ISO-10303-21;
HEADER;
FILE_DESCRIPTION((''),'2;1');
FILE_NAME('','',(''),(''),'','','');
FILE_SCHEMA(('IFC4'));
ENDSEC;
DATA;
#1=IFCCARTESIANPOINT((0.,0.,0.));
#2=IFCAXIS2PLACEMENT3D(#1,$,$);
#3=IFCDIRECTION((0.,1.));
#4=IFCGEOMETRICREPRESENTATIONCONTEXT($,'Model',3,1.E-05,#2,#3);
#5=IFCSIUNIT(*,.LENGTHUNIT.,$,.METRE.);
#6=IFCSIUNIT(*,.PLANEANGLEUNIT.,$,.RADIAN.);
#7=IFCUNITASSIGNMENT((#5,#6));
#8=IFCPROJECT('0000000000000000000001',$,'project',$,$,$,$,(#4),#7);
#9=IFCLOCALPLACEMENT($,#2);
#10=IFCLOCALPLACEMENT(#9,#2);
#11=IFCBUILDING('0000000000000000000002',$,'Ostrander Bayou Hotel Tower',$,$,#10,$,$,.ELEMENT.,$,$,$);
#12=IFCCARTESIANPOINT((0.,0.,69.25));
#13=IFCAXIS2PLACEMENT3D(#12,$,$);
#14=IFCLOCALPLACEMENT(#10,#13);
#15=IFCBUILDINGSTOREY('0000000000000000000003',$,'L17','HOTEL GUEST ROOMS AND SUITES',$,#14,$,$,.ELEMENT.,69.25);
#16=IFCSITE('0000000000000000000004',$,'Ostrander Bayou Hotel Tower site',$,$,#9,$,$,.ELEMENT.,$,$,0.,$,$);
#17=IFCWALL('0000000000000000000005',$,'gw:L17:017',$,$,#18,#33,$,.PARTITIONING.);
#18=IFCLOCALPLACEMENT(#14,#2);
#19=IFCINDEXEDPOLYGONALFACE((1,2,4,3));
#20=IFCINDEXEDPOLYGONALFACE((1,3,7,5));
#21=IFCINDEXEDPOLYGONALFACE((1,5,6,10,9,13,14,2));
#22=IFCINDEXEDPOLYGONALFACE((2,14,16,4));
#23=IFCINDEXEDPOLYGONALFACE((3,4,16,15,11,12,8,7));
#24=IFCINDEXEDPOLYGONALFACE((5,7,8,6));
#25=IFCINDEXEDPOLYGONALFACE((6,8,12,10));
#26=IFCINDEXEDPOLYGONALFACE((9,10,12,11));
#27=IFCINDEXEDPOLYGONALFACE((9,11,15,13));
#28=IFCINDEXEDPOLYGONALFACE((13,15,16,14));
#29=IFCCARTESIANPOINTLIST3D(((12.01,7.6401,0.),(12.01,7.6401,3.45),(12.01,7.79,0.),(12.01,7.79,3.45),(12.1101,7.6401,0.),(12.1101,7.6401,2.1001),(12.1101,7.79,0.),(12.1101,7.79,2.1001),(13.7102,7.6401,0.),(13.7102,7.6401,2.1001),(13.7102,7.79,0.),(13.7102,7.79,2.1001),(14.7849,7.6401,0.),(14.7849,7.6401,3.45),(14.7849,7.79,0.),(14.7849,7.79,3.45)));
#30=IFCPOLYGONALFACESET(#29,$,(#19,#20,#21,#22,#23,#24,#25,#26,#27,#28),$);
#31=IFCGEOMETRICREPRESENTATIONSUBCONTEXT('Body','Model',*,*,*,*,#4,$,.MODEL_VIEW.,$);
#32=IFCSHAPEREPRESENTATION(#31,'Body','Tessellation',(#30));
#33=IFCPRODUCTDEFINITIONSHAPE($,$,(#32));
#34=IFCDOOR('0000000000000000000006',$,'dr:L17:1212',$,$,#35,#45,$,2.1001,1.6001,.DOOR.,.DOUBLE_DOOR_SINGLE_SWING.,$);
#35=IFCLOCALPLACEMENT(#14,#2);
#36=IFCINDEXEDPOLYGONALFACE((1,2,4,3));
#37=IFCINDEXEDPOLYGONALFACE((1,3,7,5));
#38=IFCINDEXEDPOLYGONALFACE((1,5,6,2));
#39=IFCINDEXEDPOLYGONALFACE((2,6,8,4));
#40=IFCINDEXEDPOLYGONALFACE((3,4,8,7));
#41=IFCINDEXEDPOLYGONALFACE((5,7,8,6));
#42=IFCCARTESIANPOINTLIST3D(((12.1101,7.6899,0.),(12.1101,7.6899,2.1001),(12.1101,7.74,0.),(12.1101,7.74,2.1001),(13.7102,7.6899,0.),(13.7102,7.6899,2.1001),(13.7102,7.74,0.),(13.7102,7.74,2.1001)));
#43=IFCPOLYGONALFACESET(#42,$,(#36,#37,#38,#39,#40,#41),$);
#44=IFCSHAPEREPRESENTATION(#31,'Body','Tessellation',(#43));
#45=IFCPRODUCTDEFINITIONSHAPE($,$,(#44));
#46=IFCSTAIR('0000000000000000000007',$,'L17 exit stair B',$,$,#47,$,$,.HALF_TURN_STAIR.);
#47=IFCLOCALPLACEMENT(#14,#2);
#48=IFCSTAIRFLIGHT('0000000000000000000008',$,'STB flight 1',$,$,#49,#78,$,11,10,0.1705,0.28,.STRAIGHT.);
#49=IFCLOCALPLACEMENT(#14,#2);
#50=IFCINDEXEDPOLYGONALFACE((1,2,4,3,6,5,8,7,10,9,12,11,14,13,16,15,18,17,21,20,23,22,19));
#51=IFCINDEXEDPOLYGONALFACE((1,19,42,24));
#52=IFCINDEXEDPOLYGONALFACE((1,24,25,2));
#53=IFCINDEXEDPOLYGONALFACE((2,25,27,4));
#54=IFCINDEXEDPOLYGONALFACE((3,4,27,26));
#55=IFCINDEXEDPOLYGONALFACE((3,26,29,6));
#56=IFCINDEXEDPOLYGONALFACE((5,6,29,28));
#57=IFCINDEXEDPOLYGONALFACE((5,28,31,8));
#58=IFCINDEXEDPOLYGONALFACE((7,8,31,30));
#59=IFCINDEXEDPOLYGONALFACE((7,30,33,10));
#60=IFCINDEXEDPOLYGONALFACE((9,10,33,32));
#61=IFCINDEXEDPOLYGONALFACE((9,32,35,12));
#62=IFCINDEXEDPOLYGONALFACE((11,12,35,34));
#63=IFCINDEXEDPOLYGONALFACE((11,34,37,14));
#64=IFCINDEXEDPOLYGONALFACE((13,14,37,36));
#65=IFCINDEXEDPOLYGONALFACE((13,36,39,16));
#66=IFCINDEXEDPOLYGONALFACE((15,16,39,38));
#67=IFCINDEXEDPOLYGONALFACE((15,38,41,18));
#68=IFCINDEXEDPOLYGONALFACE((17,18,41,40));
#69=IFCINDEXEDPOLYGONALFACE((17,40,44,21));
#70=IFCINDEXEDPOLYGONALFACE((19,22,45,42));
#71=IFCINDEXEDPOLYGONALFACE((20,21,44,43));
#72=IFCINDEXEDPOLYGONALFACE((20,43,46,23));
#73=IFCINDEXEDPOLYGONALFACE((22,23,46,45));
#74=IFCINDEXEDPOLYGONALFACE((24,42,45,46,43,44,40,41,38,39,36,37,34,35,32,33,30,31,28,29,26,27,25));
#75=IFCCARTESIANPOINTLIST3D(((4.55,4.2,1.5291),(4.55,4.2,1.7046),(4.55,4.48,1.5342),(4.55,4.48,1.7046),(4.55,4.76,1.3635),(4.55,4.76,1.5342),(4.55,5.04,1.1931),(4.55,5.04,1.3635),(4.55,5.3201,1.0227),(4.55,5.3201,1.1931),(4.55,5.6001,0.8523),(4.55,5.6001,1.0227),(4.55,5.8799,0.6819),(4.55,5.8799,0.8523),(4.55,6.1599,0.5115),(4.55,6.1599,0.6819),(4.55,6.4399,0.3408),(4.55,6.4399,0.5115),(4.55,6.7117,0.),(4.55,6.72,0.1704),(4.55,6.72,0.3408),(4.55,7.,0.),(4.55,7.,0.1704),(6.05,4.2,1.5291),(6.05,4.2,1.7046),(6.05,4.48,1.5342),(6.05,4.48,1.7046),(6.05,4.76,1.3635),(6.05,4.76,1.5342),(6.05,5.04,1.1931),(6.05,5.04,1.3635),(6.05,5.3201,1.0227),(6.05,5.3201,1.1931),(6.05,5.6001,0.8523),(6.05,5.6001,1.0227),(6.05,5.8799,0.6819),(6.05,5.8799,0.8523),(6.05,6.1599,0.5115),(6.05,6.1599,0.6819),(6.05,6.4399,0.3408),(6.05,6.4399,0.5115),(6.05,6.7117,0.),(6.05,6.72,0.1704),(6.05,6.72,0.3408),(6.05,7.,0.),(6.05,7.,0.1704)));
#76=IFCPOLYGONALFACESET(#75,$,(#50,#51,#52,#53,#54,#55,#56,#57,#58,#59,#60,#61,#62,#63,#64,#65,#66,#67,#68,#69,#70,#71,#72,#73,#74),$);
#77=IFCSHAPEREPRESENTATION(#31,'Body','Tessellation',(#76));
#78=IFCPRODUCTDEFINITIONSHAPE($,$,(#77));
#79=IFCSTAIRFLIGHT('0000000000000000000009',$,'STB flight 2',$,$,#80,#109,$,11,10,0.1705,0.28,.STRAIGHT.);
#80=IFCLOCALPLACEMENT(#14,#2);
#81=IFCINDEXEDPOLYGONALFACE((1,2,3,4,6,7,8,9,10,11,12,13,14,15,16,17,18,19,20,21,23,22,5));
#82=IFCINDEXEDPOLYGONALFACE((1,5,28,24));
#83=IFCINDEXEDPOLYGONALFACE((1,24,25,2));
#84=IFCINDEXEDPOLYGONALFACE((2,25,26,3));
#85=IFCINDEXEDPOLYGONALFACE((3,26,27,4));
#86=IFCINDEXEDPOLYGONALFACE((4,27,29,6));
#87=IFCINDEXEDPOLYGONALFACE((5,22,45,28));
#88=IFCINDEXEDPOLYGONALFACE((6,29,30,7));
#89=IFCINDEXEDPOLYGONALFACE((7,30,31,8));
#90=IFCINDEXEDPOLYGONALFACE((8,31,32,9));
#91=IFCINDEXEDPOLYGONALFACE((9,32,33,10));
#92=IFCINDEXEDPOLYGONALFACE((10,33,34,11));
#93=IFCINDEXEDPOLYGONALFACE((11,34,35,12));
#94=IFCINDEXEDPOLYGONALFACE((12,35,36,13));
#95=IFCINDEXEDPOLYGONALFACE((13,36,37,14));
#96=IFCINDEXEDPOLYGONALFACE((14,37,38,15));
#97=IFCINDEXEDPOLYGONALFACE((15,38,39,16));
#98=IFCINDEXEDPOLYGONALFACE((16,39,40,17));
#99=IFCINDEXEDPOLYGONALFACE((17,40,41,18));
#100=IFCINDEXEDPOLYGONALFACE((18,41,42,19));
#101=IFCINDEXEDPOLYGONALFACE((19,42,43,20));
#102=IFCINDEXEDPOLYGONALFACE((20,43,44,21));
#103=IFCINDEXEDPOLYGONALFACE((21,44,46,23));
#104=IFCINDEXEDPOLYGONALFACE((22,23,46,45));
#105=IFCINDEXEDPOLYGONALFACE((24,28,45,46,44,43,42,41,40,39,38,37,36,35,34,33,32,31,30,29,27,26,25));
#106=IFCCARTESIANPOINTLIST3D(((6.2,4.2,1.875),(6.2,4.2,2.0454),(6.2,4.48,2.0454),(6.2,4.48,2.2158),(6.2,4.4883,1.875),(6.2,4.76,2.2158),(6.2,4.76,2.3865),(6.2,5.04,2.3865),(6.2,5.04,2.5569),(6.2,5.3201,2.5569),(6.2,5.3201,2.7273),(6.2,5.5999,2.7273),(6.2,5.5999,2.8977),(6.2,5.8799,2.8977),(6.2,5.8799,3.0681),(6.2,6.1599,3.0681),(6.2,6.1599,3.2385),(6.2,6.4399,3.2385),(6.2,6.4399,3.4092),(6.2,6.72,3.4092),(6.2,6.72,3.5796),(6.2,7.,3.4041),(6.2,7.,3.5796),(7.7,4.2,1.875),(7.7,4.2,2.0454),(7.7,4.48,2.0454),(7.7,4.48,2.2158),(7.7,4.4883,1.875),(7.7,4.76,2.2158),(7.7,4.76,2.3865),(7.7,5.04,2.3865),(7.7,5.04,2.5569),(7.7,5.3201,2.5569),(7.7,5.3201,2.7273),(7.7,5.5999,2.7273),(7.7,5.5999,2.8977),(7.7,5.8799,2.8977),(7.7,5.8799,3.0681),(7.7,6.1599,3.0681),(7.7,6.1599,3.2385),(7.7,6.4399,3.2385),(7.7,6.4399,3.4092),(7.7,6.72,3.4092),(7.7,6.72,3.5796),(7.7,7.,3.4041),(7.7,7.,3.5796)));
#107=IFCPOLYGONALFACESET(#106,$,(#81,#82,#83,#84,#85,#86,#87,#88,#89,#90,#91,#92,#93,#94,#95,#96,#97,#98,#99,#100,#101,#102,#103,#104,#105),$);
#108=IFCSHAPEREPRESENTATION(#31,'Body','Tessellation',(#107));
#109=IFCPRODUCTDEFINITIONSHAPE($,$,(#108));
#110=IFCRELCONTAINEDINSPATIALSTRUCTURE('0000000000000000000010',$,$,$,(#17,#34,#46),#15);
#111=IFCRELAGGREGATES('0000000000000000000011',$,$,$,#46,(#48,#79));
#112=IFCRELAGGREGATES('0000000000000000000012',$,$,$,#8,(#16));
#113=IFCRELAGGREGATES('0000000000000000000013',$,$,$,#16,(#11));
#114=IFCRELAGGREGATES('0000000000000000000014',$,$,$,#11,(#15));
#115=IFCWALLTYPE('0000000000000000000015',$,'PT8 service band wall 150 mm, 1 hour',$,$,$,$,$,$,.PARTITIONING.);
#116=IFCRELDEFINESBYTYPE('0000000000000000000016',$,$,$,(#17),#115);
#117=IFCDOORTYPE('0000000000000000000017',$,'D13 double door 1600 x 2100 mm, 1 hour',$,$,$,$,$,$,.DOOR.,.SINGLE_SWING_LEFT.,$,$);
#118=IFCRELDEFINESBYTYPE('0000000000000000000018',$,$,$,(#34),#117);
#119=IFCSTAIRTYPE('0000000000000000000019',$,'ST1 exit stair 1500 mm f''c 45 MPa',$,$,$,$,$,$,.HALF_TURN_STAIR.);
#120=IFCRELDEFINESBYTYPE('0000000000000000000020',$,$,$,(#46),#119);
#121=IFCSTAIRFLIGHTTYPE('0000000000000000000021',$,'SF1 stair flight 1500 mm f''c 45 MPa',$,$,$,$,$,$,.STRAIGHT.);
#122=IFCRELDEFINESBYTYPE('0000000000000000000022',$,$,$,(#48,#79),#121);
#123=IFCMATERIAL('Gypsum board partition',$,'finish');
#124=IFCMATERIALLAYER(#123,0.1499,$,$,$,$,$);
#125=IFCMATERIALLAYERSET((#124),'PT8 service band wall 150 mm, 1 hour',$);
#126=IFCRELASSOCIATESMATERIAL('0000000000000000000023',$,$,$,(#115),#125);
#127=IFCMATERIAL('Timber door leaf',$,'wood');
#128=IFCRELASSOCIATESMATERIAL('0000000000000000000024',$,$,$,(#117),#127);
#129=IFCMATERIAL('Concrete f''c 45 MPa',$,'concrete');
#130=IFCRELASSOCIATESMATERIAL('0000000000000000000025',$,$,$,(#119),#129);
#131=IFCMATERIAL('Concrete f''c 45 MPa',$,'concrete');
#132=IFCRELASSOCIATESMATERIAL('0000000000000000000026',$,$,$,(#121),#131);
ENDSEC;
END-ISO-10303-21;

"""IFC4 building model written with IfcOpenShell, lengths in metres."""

from ifc_helpers import new_model, si_unit, direction, frame, frame_2d, origin, place, context, subcontext, project, spatial, polyline, rectangle, outline, extrude, material, layer, layer_set, type_object, element, fill, aggregate, save


model = new_model("IFC4")

# Units and contexts
model_context = context("Model", 3, precision=1e-05, world=origin(), true_north=direction((0.0, 1.0)))
body_context = subcontext(model_context, "Body", "Model", "MODEL_VIEW")
ifc_project = project(units=[si_unit("LENGTHUNIT", "METRE"), si_unit("PLANEANGLEUNIT", "RADIAN")], contexts=[model_context])

# Site, building, storey
site_placement = place(None, origin())
site = spatial("IfcSite", under=ifc_project, at=site_placement, Name="Ostrander Bayou Hotel Tower site", CompositionType="ELEMENT", RefElevation=0.0)
building_placement = place(site_placement, origin())
building = spatial("IfcBuilding", under=site, at=building_placement, Name="Ostrander Bayou Hotel Tower", CompositionType="ELEMENT")
storey_placement = place(building_placement, frame((0.0, 0.0, 69.25)))
storey = spatial("IfcBuildingStorey", under=building, at=storey_placement, Name="L17", Description="HOTEL GUEST ROOMS AND SUITES", CompositionType="ELEMENT", Elevation=69.25)

# Wall, opening, door
ifc_material_1 = material(Name="Gypsum board partition", Category="finish")
ifc_layer_1 = layer(ifc_material_1, 0.1499)
ifc_layer_set_1 = layer_set([ifc_layer_1], Name="PT8 service band wall 150 mm, 1 hour")
wall_type_1 = type_object("IfcWallType", Name="PT8 service band wall 150 mm, 1 hour", PredefinedType="PARTITIONING", material=ifc_layer_set_1)
wall_1_placement = place(storey_placement, frame((12.01, 7.7151, 0.0), z_axis=(0.0, 0.0, 1.0), x_axis=(1.0, 0.0, 0.0)))
wall_1 = element("IfcWall", 1, at=wall_1_placement, inside=storey, type_object=wall_type_1, Name="gw:L17:017", PredefinedType="PARTITIONING", context=body_context, shape_type="SweptSolid", body=[
    extrude(rectangle(XDim=2.7749, YDim=0.1499, at=frame_2d((1.3875, 0.0))), origin(), (0.0, 0.0, 1.0), 3.45),
])
opening_1_placement = place(wall_1_placement, frame((0.1001, 0.0, 0.0)))
opening_1 = element("IfcOpeningElement", 2, at=opening_1_placement, cuts=wall_1, PredefinedType="OPENING", context=body_context, shape_type="SweptSolid", body=[
    extrude(rectangle(XDim=1.6001, YDim=2.1001, at=frame_2d((0.8, 1.05))), frame((0.0, 0.075, 0.0), z_axis=(0.0, -1.0, 0.0), x_axis=(1.0, 0.0, 0.0)), (0.0, 0.0, 1.0), 0.1499),
])
ifc_material_2 = material(Name="Timber door leaf", Category="wood")
door_type_1 = type_object("IfcDoorType", Name="D13 double door 1600 x 2100 mm, 1 hour", OperationType="SINGLE_SWING_LEFT", PredefinedType="DOOR", material=ifc_material_2)
door_1_placement = place(opening_1_placement, origin())
door_1 = element("IfcDoor", 3, at=door_1_placement, inside=storey, type_object=door_type_1, Name="dr:L17:1212", OperationType="DOUBLE_DOOR_SINGLE_SWING", OverallHeight=2.1001, OverallWidth=1.6001, PredefinedType="DOOR", context=body_context, shape_type="SweptSolid", body=[
    extrude(rectangle(XDim=1.6001, YDim=2.1001, at=frame_2d((0.8, 1.05))), frame((0.0, 0.0249, 0.0), z_axis=(0.0, -1.0, 0.0), x_axis=(1.0, 0.0, 0.0)), (0.0, 0.0, 1.0), 0.05),
])
fill(opening_1, door_1)

# Stair, stair flights
ifc_material_3 = material(Name="Concrete f'c 45 MPa", Category="concrete")
stair_type = type_object("IfcStairType", Name="ST1 exit stair 1500 mm f'c 45 MPa", PredefinedType="HALF_TURN_STAIR", material=ifc_material_3)
stair_placement = place(storey_placement, origin())
stair = element("IfcStair", 4, at=stair_placement, inside=storey, type_object=stair_type, Name="L17 exit stair B", PredefinedType="HALF_TURN_STAIR")
ifc_material_4 = material(Name="Concrete f'c 45 MPa", Category="concrete")
stair_flight_type = type_object("IfcStairFlightType", Name="SF1 stair flight 1500 mm f'c 45 MPa", PredefinedType="STRAIGHT", material=ifc_material_4)
stair_flight_1_placement = place(storey_placement, frame((5.3, 7.0, 0.0), z_axis=(0.0, 0.0, 1.0), x_axis=(0.0, -1.0, 0.0)))
stair_flight_1 = element("IfcStairFlight", 5, at=stair_flight_1_placement, type_object=stair_flight_type, Name="STB flight 1", NumberOfRisers=11, NumberOfTreads=10, PredefinedType="STRAIGHT", RiserHeight=0.1705, TreadLength=0.28, context=body_context, shape_type="SweptSolid", body=[
    extrude(outline(polyline([(0.0, 0.0), (0.0, 0.1704), (0.28, 0.1704), (0.28, 0.3408), (0.5601, 0.3408), (0.5601, 0.5115), (0.8401, 0.5115), (0.8401, 0.6819), (1.1201, 0.6819), (1.1201, 0.8523), (1.3999, 0.8523), (1.3999, 1.0227), (1.6799, 1.0227), (1.6799, 1.1931), (1.96, 1.1931), (1.96, 1.3635), (2.24, 1.3635), (2.24, 1.5342), (2.52, 1.5342), (2.52, 1.7046), (2.8, 1.7046), (2.8, 1.875), (2.8, 1.5291), (0.2883, 0.0), (0.0, 0.0)])), frame((0.0, 0.75, 0.0), z_axis=(0.0, -1.0, 0.0), x_axis=(1.0, 0.0, 0.0)), (0.0, 0.0, 1.0), 1.5),
])
stair_flight_2_placement = place(storey_placement, frame((6.95, 4.2, 1.875), z_axis=(0.0, 0.0, 1.0), x_axis=(0.0, 1.0, 0.0)))
stair_flight_2 = element("IfcStairFlight", 6, at=stair_flight_2_placement, type_object=stair_flight_type, Name="STB flight 2", NumberOfRisers=11, NumberOfTreads=10, PredefinedType="STRAIGHT", RiserHeight=0.1705, TreadLength=0.28, context=body_context, shape_type="SweptSolid", body=[
    extrude(outline(polyline([(0.0, 0.0), (0.0, 0.1704), (0.28, 0.1704), (0.28, 0.3408), (0.5601, 0.3408), (0.5601, 0.5115), (0.8401, 0.5115), (0.8401, 0.6819), (1.1201, 0.6819), (1.1201, 0.8523), (1.3999, 0.8523), (1.3999, 1.0227), (1.6799, 1.0227), (1.6799, 1.1931), (1.96, 1.1931), (1.96, 1.3635), (2.24, 1.3635), (2.24, 1.5342), (2.52, 1.5342), (2.52, 1.7046), (2.8, 1.7046), (2.8, 1.875), (2.8, 1.5291), (0.2883, 0.0), (0.0, 0.0)])), frame((0.0, 0.75, 0.0), z_axis=(0.0, -1.0, 0.0), x_axis=(1.0, 0.0, 0.0)), (0.0, 0.0, 1.0), 1.5),
])
aggregate(stair, [stair_flight_1, stair_flight_2])

save(model, "model.ifc")
